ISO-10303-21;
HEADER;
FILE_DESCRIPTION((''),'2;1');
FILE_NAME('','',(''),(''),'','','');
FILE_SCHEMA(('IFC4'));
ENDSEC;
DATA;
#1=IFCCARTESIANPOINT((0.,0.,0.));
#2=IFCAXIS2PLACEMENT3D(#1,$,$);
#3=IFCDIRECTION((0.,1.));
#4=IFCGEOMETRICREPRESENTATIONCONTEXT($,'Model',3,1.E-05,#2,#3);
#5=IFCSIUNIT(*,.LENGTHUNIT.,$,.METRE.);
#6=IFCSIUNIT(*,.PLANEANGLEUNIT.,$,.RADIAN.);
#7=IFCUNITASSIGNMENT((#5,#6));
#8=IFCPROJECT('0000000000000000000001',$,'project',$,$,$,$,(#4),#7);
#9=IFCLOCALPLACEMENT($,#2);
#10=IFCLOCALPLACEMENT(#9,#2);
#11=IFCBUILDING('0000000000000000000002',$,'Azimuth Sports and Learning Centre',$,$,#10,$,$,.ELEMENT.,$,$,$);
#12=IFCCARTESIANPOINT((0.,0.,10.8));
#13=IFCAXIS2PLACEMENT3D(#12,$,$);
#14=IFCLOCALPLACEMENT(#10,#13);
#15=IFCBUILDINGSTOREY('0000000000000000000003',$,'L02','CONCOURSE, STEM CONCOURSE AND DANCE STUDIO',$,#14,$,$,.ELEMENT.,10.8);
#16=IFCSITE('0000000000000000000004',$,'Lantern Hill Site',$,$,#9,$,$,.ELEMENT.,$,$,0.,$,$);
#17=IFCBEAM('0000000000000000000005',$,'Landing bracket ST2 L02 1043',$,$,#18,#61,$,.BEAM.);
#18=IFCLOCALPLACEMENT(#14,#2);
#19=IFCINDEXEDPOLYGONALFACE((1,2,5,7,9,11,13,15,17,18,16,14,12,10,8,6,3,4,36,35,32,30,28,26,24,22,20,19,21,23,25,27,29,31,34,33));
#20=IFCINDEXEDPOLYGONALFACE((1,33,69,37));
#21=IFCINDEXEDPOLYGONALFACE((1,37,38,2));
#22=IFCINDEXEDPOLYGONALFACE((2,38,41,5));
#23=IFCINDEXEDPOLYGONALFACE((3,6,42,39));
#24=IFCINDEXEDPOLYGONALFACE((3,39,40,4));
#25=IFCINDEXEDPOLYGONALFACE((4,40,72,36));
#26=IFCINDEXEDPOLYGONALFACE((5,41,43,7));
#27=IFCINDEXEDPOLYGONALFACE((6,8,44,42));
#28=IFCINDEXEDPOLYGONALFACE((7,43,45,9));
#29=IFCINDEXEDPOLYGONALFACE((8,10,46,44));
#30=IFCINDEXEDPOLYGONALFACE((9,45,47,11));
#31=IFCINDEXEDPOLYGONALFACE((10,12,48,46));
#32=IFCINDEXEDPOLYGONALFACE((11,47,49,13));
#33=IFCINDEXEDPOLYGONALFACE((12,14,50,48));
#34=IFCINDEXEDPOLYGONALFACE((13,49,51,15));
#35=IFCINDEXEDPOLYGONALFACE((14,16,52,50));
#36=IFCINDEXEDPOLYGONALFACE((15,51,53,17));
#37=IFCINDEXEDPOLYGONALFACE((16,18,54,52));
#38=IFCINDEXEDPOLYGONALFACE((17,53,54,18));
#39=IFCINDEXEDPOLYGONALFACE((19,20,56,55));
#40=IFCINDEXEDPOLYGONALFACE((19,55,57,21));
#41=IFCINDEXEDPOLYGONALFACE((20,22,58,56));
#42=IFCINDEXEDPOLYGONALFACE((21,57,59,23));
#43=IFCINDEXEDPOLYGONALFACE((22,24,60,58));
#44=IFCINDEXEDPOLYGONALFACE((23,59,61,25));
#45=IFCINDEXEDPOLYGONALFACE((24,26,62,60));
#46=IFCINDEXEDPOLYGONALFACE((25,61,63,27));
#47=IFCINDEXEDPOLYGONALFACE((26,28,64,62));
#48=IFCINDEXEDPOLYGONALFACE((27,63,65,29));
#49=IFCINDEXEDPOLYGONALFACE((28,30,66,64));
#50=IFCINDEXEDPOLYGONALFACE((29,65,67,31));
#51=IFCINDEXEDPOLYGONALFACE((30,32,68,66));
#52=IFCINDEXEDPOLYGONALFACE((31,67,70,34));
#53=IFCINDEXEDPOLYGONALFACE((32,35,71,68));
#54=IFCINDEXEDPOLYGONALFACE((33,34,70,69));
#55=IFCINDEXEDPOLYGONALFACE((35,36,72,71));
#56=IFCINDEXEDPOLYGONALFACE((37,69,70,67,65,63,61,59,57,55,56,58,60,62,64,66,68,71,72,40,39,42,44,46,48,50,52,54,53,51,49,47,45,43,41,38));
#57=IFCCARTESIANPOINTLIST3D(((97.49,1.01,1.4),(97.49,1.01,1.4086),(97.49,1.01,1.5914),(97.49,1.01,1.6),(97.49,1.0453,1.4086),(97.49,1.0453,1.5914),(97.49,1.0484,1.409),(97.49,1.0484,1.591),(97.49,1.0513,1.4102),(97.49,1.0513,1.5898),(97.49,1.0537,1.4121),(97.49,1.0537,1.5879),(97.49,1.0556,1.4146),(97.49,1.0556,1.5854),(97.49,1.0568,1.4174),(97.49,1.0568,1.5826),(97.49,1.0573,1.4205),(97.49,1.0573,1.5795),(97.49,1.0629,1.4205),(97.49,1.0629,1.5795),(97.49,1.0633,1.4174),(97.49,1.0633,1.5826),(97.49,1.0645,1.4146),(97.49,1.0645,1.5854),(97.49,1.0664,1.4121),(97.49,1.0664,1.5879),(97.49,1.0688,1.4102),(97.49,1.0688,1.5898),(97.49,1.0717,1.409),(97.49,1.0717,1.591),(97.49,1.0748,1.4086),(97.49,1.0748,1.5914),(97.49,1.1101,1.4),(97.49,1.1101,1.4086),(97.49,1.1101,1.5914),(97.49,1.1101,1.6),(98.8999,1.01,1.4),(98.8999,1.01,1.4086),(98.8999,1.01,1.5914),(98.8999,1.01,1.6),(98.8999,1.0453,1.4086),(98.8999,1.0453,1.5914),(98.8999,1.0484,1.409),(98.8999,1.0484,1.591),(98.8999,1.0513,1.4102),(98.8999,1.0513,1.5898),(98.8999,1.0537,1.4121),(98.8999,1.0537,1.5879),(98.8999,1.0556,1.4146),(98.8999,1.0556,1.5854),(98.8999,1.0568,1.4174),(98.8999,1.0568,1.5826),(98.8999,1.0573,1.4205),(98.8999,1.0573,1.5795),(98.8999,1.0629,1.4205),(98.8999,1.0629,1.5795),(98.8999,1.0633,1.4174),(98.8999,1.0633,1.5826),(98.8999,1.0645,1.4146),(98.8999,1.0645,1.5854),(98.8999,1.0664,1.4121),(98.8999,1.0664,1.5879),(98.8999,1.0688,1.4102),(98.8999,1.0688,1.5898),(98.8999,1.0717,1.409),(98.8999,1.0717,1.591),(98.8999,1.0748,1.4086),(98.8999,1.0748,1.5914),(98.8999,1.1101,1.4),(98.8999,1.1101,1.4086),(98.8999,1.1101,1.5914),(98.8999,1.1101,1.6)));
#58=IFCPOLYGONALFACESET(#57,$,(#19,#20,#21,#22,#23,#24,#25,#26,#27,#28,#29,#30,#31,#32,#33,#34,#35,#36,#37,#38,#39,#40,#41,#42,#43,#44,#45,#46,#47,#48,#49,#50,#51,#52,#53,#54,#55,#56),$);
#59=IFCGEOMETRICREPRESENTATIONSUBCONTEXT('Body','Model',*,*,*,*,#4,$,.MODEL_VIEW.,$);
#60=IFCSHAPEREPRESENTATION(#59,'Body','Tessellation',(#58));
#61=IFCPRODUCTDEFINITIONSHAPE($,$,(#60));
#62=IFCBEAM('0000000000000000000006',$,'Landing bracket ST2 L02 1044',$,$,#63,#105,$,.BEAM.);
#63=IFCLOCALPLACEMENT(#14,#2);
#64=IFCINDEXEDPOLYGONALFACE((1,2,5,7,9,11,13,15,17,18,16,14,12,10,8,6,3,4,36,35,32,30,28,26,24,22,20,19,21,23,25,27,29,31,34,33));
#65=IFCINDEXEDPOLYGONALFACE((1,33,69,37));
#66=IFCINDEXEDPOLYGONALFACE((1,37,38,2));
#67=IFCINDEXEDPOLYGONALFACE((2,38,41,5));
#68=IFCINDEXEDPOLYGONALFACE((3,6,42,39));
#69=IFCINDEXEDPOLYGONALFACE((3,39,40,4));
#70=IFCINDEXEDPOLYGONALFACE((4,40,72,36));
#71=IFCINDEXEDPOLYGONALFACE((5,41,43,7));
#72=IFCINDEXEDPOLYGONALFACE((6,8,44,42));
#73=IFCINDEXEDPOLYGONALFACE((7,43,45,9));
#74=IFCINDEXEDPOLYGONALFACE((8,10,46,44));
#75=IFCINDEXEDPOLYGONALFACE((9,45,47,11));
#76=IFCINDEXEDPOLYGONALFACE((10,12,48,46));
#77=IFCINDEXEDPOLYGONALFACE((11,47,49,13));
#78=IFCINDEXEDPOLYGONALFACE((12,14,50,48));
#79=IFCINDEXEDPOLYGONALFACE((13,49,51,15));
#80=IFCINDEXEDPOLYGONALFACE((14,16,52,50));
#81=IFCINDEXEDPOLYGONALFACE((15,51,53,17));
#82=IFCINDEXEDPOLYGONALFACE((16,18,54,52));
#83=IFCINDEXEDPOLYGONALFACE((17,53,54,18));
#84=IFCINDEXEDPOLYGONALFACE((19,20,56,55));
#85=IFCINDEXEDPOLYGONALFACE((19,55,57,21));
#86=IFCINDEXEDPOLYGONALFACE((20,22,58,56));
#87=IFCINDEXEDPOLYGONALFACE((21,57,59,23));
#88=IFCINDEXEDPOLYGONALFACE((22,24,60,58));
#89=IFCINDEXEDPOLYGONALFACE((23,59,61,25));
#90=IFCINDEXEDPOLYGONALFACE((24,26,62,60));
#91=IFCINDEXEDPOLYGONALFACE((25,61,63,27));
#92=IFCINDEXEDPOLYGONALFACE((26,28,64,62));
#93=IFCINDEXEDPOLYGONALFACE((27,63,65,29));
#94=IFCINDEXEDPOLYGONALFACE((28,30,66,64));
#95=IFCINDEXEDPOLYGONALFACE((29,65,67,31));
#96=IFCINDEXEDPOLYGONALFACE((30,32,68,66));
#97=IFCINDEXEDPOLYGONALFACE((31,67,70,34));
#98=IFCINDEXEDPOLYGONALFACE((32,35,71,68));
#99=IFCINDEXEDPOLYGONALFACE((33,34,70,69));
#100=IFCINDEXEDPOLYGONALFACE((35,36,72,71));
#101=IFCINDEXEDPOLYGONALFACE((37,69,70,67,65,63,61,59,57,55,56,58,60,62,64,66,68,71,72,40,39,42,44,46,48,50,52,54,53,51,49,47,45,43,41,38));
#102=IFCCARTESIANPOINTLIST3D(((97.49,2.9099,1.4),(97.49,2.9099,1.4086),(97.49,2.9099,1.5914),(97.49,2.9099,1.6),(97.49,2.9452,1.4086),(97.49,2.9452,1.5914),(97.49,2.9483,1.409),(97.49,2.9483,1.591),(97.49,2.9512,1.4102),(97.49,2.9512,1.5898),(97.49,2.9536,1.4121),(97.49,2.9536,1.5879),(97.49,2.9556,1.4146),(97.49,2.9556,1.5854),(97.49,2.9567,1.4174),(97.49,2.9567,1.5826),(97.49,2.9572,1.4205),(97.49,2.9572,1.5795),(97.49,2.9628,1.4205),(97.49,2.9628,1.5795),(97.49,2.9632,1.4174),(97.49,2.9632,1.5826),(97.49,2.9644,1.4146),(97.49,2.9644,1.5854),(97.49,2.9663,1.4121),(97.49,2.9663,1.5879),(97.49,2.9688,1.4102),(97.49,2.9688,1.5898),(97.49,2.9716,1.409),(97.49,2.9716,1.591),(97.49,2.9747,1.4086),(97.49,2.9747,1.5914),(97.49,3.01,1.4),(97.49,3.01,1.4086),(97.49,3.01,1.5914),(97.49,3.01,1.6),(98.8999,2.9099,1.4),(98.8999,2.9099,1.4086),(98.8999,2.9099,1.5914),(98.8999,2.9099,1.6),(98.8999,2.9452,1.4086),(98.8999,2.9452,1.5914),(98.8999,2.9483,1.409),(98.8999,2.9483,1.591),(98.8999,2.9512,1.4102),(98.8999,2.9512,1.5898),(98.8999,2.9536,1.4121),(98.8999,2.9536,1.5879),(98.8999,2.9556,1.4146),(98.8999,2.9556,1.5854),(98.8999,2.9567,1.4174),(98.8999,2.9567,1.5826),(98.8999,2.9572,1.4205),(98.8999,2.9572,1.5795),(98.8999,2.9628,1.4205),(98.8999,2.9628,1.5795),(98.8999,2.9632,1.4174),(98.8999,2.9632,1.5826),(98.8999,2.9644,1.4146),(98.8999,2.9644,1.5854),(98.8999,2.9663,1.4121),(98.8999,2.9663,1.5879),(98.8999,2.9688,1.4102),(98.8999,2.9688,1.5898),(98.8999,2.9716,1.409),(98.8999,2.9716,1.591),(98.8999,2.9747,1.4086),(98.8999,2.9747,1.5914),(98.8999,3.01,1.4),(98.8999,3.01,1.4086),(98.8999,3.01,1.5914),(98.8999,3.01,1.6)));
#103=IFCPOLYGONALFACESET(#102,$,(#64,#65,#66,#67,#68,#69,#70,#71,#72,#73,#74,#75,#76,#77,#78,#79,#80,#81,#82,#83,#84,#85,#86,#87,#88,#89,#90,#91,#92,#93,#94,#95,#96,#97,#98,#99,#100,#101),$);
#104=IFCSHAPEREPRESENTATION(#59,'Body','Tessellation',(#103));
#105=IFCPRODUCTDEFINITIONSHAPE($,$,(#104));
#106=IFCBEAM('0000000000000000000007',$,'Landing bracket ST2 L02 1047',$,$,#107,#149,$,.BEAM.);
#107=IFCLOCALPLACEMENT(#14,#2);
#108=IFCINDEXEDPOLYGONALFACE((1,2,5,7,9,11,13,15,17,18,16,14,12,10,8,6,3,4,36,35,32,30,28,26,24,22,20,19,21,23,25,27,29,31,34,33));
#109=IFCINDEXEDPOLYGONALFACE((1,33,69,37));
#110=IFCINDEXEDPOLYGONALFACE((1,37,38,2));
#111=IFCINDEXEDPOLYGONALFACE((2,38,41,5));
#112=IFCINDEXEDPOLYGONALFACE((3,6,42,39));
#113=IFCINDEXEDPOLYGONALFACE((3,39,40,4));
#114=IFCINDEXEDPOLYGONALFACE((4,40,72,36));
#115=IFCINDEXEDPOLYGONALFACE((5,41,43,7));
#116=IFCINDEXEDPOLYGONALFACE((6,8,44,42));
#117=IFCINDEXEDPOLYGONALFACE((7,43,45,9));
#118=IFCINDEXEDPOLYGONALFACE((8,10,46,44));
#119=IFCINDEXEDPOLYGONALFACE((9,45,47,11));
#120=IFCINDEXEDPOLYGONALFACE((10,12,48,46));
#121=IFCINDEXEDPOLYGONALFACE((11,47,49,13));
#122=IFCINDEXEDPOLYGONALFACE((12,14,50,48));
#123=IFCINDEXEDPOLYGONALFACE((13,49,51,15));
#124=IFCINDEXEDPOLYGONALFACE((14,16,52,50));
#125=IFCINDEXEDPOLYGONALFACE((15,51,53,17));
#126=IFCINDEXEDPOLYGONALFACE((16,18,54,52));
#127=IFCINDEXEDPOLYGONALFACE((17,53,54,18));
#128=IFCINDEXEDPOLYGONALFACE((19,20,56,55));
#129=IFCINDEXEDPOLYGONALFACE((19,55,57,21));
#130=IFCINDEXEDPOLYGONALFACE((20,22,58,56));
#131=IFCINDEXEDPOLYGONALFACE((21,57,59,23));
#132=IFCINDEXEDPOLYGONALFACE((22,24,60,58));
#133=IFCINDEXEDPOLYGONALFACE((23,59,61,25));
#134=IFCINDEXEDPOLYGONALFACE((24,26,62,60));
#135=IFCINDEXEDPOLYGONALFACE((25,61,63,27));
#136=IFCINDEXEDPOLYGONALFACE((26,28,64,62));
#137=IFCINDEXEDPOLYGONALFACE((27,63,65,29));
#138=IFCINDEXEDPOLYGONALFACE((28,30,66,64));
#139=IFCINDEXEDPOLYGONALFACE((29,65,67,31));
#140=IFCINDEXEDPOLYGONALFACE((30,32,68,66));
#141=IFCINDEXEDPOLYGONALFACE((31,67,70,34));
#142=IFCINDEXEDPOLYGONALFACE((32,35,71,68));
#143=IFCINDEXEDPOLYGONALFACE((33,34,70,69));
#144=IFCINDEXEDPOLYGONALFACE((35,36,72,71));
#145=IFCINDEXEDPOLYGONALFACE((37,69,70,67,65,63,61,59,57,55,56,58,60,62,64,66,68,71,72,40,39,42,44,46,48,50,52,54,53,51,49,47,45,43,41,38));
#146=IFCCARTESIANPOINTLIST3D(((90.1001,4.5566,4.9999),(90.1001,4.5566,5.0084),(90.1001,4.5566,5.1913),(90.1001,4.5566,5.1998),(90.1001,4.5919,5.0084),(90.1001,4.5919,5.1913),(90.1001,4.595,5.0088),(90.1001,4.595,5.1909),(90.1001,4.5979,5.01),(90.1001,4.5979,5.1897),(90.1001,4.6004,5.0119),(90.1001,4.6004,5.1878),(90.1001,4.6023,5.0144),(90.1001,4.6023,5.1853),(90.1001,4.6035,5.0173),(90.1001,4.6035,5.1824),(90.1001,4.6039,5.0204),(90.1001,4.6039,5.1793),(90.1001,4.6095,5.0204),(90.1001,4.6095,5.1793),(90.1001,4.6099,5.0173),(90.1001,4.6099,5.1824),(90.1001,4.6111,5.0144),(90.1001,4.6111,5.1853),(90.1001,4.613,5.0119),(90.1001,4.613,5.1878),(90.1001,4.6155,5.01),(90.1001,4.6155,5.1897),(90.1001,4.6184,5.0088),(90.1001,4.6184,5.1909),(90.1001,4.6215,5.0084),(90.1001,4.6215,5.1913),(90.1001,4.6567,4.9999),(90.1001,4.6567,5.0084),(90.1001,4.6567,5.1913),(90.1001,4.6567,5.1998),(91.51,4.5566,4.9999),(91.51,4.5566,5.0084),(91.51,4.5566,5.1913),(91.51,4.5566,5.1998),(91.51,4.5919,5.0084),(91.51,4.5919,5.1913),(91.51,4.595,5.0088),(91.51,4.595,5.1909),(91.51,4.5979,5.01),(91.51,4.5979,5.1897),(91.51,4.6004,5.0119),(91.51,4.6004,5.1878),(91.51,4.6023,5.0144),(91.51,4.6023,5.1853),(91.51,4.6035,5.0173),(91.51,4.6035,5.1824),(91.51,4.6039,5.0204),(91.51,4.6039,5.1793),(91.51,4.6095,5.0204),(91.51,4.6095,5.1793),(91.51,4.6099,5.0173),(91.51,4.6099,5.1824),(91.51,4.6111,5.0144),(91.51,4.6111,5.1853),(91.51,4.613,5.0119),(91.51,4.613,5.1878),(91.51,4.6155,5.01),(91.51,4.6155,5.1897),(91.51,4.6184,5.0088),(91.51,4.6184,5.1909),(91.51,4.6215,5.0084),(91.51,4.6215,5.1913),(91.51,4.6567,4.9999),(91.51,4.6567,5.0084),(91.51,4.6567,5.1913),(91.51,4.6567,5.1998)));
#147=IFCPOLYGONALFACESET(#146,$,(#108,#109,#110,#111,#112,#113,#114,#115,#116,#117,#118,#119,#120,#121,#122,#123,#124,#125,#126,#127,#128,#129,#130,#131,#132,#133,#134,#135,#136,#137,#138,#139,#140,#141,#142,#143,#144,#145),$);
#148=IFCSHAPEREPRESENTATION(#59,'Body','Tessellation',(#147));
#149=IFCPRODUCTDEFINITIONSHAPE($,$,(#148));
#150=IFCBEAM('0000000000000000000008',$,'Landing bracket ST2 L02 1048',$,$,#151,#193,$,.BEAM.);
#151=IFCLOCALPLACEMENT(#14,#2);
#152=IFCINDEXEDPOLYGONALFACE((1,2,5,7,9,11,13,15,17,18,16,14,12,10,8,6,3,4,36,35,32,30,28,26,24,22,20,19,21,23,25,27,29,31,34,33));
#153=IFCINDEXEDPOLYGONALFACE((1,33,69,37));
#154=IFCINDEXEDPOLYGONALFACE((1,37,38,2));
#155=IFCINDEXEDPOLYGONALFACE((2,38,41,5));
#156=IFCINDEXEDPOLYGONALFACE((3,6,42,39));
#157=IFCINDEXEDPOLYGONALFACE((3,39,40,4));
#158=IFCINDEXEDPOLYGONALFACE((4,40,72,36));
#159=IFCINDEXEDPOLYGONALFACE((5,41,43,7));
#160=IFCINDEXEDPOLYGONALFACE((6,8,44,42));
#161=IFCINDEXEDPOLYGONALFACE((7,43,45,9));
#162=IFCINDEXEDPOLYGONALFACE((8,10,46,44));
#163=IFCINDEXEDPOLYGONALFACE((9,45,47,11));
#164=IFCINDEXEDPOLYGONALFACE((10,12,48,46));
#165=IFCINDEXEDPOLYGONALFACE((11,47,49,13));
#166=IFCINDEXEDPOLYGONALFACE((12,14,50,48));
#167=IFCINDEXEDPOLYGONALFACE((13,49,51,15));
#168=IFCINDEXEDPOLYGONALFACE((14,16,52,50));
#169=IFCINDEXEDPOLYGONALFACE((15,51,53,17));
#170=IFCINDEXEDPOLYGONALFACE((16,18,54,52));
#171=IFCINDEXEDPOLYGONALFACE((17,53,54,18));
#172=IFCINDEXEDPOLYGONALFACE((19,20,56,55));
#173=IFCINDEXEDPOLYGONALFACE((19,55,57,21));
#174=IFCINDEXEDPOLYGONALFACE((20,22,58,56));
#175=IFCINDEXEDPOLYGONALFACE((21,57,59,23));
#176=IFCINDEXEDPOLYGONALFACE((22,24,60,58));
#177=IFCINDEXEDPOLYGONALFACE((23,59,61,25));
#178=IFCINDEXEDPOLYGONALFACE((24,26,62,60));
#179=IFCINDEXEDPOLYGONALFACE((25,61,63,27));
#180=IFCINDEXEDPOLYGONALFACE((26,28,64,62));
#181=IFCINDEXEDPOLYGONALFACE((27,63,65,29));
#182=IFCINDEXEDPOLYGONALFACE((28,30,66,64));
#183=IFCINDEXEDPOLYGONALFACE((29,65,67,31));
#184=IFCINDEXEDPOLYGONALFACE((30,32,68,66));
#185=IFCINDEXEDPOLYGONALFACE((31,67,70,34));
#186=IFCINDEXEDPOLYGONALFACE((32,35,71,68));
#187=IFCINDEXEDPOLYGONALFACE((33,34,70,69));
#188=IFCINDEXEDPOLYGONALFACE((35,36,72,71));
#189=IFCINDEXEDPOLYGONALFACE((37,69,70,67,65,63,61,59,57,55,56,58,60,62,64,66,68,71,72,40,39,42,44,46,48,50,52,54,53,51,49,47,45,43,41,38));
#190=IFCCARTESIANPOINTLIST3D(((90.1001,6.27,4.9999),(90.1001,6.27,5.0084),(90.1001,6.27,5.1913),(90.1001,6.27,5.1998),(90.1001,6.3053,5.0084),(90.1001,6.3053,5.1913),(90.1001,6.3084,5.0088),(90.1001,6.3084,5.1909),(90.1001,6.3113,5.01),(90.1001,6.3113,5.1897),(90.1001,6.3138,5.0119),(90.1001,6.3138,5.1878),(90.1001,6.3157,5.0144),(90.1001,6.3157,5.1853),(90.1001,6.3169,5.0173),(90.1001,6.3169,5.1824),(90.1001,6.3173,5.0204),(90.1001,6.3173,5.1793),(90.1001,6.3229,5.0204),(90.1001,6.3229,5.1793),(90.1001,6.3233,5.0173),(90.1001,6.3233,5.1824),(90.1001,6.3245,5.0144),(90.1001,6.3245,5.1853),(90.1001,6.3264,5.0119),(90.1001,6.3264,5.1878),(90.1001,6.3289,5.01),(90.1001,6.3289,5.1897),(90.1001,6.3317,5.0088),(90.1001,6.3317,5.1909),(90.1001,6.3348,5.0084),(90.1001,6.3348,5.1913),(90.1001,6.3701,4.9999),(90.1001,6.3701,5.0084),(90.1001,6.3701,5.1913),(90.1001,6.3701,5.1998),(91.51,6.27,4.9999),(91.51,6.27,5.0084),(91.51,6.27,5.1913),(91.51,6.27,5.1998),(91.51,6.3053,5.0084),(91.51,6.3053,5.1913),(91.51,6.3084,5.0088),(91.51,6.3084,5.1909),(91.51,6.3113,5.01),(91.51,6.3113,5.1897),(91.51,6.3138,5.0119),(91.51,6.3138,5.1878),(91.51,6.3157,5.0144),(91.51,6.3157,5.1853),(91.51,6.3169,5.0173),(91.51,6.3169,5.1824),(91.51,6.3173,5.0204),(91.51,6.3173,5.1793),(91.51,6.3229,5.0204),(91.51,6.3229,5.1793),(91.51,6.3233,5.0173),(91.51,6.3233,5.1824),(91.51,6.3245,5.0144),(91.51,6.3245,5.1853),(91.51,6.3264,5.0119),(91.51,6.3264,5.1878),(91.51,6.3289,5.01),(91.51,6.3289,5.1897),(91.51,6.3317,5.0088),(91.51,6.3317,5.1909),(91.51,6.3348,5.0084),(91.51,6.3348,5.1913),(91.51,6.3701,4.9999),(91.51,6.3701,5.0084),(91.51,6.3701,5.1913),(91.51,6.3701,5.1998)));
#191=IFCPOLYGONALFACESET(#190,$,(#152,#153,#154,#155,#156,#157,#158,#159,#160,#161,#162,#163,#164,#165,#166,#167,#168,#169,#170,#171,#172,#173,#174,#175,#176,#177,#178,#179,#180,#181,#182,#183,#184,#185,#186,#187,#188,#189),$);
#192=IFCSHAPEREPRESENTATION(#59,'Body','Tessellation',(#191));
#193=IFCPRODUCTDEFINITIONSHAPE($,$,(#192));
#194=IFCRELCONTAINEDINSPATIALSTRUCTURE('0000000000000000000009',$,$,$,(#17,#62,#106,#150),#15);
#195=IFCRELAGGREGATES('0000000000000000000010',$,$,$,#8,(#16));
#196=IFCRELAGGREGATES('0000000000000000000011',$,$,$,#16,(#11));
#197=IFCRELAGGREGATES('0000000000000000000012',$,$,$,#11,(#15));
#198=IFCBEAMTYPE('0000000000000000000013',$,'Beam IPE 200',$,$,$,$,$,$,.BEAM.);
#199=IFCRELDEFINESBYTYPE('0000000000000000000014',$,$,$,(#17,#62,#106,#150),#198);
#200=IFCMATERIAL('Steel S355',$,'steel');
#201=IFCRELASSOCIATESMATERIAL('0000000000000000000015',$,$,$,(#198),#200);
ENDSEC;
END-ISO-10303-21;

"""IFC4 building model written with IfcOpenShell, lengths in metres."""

from ifc_helpers import new_model, si_unit, direction, frame, origin, origin_2d, place, context, subcontext, project, spatial, i_section, extrude, material, material_profile, profile_set, type_object, element, save


model = new_model("IFC4")

# Units and contexts
model_context = context("Model", 3, precision=1e-05, world=origin(), true_north=direction((0.0, 1.0)))
body_context = subcontext(model_context, "Body", "Model", "MODEL_VIEW")
ifc_project = project(units=[si_unit("LENGTHUNIT", "METRE"), si_unit("PLANEANGLEUNIT", "RADIAN")], contexts=[model_context])

# Site, building, storey
site_placement = place(None, origin())
site = spatial("IfcSite", under=ifc_project, at=site_placement, Name="Lantern Hill Site", CompositionType="ELEMENT", RefElevation=0.0)
building_placement = place(site_placement, origin())
building = spatial("IfcBuilding", under=site, at=building_placement, Name="Azimuth Sports and Learning Centre", CompositionType="ELEMENT")
storey_placement = place(building_placement, frame((0.0, 0.0, 10.8)))
storey = spatial("IfcBuildingStorey", under=building, at=storey_placement, Name="L02", Description="CONCOURSE, STEM CONCOURSE AND DANCE STUDIO", CompositionType="ELEMENT", Elevation=10.8)

# Beams
ifc_material_1 = material(Name="Steel S355", Category="steel")
ifc_material_profile_1 = material_profile(ifc_material_1, i_section(OverallWidth=0.1001, OverallDepth=0.2, WebThickness=0.0056, FlangeThickness=0.0085, FilletRadius=0.012, at=origin_2d()), Name="IPE 200")
ifc_profile_set_1 = profile_set([ifc_material_profile_1], Name="Steel S355")
beam_type = type_object("IfcBeamType", Name="Beam IPE 200", PredefinedType="BEAM", material=ifc_profile_set_1)
for number, where, z_axis, x_axis, name in (
    (1, (98.8999, 1.0601, 1.5), (-1.0, 0.0, 0.0), (0.0, -1.0, 0.0), "Landing bracket ST2 L02 1043"),
    (2, (98.8999, 2.96, 1.5), (-1.0, 0.0, 0.0), (0.0, -1.0, 0.0), "Landing bracket ST2 L02 1044"),
    (3, (90.1001, 4.6067, 5.0999), (1.0, 0.0, 0.0), (0.0, 1.0, 0.0), "Landing bracket ST2 L02 1047"),
    (4, (90.1001, 6.3201, 5.0999), (1.0, 0.0, 0.0), (0.0, 1.0, 0.0), "Landing bracket ST2 L02 1048"),
):
    element("IfcBeam", number, at=place(storey_placement, frame(where, z_axis=z_axis, x_axis=x_axis)), inside=storey, type_object=beam_type, Name=name, PredefinedType="BEAM", context=body_context, shape_type="SweptSolid", body=[
        extrude(i_section(OverallWidth=0.1001, OverallDepth=0.2, WebThickness=0.0056, FlangeThickness=0.0085, FilletRadius=0.012, at=origin_2d()), origin(), (0.0, 0.0, 1.0), 1.4099),
    ])

save(model, "model.ifc")
